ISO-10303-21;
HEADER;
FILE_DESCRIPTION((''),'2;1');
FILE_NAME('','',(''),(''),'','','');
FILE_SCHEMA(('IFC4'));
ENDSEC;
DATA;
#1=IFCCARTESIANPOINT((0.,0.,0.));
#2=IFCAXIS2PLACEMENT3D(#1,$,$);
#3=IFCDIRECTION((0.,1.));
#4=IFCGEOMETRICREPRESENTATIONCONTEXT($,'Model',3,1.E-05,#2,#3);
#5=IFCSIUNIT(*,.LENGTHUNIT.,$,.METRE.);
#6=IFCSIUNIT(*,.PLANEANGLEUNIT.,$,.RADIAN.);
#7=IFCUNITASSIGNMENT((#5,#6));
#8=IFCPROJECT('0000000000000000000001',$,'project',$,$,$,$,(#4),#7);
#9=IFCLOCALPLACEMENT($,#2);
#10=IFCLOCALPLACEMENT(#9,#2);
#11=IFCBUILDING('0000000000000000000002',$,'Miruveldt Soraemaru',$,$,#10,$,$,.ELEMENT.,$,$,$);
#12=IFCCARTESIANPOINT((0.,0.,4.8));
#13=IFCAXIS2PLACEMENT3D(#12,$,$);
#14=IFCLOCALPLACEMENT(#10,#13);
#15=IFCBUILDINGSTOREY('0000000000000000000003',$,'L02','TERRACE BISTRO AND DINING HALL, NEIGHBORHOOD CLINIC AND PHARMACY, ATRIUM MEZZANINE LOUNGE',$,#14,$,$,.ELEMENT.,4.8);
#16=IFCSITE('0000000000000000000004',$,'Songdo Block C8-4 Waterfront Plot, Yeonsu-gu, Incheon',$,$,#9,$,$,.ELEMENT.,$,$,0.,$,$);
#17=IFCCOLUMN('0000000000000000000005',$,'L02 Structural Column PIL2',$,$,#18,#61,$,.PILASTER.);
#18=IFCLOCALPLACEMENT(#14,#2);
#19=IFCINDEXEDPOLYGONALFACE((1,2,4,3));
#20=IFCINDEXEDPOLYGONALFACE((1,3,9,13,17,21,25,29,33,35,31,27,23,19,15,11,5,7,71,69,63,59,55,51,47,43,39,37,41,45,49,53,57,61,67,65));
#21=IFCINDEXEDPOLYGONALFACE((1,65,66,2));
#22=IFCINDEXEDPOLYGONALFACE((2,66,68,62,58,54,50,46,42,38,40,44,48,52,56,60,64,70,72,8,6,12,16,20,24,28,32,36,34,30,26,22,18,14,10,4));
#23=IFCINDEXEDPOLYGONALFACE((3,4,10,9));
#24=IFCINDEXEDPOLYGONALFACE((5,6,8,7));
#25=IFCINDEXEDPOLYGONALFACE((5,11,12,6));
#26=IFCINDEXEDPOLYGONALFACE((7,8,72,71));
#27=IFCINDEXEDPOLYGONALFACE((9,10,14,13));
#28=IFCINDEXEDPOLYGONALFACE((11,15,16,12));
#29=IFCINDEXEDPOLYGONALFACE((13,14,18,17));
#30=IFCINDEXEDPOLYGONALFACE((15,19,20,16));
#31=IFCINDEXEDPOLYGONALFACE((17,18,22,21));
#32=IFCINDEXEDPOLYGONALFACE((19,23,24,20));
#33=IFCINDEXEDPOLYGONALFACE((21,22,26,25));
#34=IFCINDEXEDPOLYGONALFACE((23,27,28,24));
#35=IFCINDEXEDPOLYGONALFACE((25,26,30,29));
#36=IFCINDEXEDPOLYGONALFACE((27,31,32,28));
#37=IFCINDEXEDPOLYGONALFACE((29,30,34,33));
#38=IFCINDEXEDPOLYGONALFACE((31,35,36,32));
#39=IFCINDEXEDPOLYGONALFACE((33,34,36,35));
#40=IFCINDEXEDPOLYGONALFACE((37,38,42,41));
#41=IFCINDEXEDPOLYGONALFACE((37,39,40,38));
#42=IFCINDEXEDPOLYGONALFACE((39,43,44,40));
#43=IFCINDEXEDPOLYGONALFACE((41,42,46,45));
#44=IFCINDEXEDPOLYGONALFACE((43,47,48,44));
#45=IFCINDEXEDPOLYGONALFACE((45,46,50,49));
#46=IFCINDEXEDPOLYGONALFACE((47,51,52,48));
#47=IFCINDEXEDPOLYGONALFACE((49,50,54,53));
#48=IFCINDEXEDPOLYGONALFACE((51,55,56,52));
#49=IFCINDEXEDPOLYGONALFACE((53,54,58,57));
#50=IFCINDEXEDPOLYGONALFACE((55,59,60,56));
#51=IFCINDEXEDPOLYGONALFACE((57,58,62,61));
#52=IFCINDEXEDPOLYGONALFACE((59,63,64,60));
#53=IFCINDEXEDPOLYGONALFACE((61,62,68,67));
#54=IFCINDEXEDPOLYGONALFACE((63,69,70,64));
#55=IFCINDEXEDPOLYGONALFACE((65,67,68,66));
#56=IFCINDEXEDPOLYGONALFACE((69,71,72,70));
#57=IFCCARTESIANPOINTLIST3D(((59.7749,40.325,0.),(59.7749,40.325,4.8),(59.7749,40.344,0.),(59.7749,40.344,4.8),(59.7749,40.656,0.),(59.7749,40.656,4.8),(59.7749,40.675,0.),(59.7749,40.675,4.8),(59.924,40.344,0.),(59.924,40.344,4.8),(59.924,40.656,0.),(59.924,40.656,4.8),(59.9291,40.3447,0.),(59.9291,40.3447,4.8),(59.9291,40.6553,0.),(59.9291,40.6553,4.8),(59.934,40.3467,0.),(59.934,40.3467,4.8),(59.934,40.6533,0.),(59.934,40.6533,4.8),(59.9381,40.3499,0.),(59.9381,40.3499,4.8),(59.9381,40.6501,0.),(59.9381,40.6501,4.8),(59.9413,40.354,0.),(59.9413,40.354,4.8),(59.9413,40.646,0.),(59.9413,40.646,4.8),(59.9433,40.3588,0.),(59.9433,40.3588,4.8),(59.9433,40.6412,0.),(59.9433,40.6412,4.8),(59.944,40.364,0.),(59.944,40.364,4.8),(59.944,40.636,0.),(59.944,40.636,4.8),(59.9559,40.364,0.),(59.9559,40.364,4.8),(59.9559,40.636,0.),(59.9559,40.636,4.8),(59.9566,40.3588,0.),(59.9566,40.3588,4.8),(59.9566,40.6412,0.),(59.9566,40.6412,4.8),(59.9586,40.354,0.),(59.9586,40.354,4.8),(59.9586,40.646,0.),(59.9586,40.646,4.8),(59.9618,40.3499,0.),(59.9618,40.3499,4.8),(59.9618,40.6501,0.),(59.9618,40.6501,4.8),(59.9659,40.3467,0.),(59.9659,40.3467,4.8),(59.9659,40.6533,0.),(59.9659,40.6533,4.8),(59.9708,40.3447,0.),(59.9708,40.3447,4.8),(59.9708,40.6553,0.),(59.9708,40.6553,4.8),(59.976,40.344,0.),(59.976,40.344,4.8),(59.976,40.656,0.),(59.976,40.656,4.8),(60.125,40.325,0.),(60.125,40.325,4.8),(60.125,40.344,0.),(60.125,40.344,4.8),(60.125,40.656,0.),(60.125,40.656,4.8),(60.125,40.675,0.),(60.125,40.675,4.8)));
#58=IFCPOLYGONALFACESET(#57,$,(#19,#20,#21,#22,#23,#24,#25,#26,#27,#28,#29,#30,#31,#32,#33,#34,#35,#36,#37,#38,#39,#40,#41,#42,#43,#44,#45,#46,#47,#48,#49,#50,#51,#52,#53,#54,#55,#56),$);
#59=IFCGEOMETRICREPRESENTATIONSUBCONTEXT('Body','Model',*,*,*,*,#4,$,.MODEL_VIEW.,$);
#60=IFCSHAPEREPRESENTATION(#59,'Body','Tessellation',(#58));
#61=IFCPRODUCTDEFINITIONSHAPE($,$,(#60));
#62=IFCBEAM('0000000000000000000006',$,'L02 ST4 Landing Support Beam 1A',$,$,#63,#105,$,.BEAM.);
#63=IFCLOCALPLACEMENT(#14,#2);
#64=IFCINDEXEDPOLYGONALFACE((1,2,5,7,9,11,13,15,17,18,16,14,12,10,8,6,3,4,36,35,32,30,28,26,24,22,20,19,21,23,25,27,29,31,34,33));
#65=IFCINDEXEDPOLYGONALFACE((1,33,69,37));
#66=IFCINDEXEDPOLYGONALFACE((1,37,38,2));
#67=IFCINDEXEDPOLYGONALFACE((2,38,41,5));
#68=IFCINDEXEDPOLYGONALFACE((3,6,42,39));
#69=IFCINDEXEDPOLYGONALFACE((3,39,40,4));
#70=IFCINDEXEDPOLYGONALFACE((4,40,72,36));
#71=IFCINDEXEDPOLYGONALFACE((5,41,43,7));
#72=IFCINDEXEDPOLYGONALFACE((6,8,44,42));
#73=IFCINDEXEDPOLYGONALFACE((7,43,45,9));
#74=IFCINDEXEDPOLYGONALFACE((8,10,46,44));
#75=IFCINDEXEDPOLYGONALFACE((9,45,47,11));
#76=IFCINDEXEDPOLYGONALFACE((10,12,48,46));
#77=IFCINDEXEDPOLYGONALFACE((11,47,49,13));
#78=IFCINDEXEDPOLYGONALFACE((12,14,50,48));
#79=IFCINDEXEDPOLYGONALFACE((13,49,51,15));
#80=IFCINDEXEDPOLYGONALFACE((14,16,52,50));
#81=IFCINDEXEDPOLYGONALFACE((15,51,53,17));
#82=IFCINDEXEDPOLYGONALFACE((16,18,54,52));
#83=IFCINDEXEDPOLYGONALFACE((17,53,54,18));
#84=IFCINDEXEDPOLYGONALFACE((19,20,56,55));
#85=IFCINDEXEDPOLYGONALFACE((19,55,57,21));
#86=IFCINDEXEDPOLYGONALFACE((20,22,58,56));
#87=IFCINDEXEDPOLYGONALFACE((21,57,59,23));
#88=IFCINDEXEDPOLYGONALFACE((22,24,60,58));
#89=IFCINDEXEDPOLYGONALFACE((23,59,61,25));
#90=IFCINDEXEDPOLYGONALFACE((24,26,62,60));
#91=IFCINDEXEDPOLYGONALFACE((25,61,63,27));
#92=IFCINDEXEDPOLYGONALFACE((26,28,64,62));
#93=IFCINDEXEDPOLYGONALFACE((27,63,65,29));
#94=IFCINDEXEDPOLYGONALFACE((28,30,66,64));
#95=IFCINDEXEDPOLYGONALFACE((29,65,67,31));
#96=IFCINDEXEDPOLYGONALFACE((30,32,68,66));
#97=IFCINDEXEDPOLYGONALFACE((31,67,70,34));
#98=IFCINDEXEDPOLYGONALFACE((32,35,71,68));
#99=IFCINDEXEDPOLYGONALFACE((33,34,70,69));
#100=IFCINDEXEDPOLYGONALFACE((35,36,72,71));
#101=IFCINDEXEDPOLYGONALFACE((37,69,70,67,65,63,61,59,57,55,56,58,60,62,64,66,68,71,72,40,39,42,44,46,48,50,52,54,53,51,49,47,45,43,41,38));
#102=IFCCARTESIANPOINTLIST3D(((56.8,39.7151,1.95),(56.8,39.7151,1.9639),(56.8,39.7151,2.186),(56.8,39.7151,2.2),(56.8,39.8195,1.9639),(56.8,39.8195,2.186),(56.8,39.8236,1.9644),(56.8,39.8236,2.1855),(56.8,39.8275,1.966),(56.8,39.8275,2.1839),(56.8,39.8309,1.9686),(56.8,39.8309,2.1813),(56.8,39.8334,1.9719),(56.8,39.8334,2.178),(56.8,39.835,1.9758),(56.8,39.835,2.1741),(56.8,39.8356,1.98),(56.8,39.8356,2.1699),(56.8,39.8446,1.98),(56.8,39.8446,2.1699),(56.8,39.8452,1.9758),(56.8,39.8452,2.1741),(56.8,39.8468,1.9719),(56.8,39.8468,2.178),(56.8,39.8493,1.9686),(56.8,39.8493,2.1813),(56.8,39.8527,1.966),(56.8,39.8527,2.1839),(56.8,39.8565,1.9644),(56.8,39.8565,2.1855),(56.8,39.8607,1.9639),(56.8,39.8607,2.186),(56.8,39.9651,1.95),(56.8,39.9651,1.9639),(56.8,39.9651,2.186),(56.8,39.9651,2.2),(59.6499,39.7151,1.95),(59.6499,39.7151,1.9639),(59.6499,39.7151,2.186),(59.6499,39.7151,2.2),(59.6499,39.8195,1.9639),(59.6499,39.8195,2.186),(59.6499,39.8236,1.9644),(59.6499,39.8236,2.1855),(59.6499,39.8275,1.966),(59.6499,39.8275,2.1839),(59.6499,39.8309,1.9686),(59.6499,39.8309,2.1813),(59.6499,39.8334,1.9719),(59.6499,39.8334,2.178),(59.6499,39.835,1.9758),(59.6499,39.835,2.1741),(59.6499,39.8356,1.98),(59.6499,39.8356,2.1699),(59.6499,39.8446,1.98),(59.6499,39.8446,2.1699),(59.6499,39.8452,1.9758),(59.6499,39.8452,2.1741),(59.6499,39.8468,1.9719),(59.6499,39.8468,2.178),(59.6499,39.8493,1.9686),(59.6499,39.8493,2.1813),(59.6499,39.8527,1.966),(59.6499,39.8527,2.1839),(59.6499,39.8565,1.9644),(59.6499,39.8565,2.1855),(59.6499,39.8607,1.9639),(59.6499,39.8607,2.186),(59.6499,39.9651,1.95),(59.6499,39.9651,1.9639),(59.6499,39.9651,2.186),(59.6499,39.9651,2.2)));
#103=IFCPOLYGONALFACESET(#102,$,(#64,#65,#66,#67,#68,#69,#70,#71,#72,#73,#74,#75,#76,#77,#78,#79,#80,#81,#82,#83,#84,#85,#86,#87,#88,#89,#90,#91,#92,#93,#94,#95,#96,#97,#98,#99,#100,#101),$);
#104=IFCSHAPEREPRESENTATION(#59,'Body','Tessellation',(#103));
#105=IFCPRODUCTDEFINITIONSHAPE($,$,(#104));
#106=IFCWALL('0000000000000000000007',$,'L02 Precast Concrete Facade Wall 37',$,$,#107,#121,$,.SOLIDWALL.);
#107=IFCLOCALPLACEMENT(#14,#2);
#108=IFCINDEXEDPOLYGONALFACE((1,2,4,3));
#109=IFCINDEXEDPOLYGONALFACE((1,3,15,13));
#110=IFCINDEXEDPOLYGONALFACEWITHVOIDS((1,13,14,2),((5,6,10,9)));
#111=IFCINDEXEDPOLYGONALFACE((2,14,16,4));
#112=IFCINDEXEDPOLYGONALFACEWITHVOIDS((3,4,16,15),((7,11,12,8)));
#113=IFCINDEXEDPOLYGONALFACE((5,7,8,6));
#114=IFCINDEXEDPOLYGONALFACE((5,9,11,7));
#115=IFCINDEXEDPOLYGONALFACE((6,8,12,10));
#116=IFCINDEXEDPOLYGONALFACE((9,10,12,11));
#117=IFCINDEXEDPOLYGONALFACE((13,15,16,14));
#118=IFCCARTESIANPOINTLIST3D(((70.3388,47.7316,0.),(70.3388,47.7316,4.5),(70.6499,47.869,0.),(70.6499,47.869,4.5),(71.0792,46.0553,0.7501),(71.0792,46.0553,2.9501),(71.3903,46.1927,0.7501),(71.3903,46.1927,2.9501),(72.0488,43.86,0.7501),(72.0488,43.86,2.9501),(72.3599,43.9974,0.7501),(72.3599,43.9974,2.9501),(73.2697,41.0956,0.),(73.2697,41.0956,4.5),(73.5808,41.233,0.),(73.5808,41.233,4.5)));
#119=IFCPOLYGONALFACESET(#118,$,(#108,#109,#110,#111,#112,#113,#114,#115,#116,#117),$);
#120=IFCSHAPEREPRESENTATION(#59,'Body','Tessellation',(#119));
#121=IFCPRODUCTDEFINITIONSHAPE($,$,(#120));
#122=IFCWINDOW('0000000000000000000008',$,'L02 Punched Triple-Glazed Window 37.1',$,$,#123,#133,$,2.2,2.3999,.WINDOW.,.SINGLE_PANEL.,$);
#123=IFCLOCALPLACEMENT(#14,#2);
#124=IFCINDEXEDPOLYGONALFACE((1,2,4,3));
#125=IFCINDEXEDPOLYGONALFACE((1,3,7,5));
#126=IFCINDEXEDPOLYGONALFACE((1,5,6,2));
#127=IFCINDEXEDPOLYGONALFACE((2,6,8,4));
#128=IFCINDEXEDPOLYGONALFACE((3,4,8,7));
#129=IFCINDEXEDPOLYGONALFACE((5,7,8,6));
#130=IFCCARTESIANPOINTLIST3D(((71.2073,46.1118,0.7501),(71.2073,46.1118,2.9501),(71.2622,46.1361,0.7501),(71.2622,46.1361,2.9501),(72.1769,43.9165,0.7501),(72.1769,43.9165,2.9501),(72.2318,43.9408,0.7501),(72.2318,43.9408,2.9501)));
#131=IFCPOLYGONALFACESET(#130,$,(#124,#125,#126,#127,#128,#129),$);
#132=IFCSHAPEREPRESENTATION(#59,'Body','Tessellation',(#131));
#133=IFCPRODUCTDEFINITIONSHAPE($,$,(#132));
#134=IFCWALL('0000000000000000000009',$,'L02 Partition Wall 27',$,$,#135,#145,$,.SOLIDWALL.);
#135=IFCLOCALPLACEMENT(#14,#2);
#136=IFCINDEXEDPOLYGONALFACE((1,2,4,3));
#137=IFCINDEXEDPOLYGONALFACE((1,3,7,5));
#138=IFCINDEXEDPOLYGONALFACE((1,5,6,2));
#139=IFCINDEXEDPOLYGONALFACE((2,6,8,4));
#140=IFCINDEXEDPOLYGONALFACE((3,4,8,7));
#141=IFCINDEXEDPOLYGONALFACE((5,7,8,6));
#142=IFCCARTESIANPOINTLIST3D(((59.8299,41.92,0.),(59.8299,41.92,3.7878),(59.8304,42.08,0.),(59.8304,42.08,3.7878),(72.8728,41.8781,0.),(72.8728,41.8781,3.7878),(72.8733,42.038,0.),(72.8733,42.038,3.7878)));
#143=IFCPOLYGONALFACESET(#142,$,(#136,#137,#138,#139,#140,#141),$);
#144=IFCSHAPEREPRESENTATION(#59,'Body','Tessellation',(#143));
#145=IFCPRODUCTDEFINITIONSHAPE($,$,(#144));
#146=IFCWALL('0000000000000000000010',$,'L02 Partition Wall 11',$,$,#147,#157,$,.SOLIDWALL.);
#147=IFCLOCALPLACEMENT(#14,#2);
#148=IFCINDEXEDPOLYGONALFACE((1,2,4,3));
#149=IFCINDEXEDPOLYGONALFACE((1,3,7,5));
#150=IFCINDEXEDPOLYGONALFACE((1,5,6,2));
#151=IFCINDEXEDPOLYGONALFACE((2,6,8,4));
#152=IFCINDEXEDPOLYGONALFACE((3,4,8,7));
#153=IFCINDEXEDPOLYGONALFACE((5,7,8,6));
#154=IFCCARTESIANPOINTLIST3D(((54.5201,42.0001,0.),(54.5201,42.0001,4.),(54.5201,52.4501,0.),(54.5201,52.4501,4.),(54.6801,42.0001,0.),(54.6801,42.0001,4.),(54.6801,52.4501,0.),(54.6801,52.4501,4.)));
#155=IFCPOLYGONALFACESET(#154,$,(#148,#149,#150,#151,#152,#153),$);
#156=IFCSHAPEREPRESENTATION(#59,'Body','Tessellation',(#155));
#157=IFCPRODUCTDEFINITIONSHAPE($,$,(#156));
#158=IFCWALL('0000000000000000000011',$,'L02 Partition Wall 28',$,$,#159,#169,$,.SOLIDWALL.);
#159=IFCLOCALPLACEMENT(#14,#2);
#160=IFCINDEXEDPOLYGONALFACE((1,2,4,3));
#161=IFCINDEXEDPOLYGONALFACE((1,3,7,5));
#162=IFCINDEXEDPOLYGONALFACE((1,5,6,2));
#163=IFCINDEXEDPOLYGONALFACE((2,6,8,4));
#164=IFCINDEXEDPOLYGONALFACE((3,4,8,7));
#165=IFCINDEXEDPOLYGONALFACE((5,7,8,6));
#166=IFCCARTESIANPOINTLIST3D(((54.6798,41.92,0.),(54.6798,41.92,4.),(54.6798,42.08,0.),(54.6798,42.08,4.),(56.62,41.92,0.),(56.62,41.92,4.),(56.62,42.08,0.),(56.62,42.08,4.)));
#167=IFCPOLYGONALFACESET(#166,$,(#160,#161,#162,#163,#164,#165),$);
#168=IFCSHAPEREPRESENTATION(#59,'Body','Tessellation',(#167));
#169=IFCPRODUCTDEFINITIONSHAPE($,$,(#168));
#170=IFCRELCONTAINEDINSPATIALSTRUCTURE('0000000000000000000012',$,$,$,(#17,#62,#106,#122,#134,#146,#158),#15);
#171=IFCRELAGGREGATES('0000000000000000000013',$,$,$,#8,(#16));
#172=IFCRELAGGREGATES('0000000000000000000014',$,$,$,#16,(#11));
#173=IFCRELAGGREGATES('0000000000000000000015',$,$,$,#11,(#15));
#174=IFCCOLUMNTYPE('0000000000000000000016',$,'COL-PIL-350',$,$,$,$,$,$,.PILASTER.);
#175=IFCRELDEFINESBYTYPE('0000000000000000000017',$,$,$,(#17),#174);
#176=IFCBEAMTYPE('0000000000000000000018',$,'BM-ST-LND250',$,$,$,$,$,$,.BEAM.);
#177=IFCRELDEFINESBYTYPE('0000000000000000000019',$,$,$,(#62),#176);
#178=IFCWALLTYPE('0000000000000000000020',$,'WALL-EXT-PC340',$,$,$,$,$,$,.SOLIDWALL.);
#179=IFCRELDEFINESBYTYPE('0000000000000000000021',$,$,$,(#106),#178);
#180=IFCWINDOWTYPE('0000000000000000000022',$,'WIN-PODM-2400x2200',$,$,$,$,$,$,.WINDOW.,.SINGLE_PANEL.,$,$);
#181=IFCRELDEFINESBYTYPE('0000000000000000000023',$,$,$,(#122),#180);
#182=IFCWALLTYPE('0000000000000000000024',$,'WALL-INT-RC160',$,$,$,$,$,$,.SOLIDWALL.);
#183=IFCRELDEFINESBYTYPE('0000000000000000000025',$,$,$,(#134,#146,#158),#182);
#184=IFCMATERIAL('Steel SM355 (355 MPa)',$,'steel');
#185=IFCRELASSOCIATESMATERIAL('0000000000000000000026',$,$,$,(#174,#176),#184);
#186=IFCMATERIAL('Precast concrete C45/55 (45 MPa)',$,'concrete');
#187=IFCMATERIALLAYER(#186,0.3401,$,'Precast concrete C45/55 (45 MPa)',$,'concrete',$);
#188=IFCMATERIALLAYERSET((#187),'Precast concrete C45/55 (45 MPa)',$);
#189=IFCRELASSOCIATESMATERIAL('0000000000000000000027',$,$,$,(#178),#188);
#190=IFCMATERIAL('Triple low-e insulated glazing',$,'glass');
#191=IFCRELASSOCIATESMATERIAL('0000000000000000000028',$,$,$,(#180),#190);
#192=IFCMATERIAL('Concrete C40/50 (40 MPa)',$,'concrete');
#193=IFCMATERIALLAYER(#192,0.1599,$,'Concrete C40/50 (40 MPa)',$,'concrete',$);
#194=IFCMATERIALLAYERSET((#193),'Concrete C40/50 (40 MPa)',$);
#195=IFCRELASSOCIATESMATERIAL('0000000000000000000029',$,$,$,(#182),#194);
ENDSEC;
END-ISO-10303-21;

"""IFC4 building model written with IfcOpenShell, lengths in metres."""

from ifc_helpers import new_model, si_unit, direction, frame, frame_2d, origin, origin_2d, place, context, subcontext, project, spatial, rectangle, i_section, extrude, material, layer, layer_set, material_profile, profile_set, type_object, element, fill, save


model = new_model("IFC4")

# Units and contexts
model_context = context("Model", 3, precision=1e-05, world=origin(), true_north=direction((0.0, 1.0)))
body_context = subcontext(model_context, "Body", "Model", "MODEL_VIEW")
ifc_project = project(units=[si_unit("LENGTHUNIT", "METRE"), si_unit("PLANEANGLEUNIT", "RADIAN")], contexts=[model_context])

# Site, building, storey
site_placement = place(None, origin())
site = spatial("IfcSite", under=ifc_project, at=site_placement, Name="Songdo Block C8-4 Waterfront Plot, Yeonsu-gu, Incheon", CompositionType="ELEMENT", RefElevation=0.0)
building_placement = place(site_placement, origin())
building = spatial("IfcBuilding", under=site, at=building_placement, Name="Miruveldt Soraemaru", CompositionType="ELEMENT")
storey_placement = place(building_placement, frame((0.0, 0.0, 4.8)))
storey = spatial("IfcBuildingStorey", under=building, at=storey_placement, Name="L02", Description="TERRACE BISTRO AND DINING HALL, NEIGHBORHOOD CLINIC AND PHARMACY, ATRIUM MEZZANINE LOUNGE", CompositionType="ELEMENT", Elevation=4.8)

# Column
ifc_material_1 = material(Name="Steel SM355 (355 MPa)", Category="steel")
ifc_material_profile_1 = material_profile(ifc_material_1, i_section(OverallWidth=0.3501, OverallDepth=0.3501, WebThickness=0.012, FlangeThickness=0.019, FilletRadius=0.02, at=origin_2d()), Name="Steel SM355 (355 MPa)", Category="steel")
ifc_profile_set_1 = profile_set([ifc_material_profile_1], Name="Steel SM355 (355 MPa)")
column_type = type_object("IfcColumnType", Name="COL-PIL-350", PredefinedType="PILASTER", material=ifc_profile_set_1)
column_placement = place(storey_placement, frame((59.95, 40.5, 0.0), z_axis=(0.0, 0.0, 1.0), x_axis=(1.0, 0.0, 0.0)))
element("IfcColumn", 1, at=column_placement, inside=storey, type_object=column_type, Name="L02 Structural Column PIL2", PredefinedType="PILASTER", context=body_context, shape_type="SweptSolid", body=[
    extrude(i_section(OverallWidth=0.3501, OverallDepth=0.3501, WebThickness=0.012, FlangeThickness=0.019, FilletRadius=0.02, at=origin_2d()), origin(), (0.0, 0.0, 1.0), 4.8),
])

# Beam
ifc_material_profile_2 = material_profile(ifc_material_1, i_section(OverallWidth=0.25, OverallDepth=0.25, WebThickness=0.009, FlangeThickness=0.0139, FilletRadius=0.0161, at=origin_2d()), Name="Steel SM355 (355 MPa)", Category="steel")
ifc_profile_set_2 = profile_set([ifc_material_profile_2], Name="Steel SM355 (355 MPa)")
beam_type = type_object("IfcBeamType", Name="BM-ST-LND250", PredefinedType="BEAM", material=ifc_profile_set_2)
beam_placement = place(storey_placement, frame((56.8, 39.8401, 2.075), z_axis=(1.0, 0.0, 0.0), x_axis=(0.0, 1.0, 0.0)))
element("IfcBeam", 2, at=beam_placement, inside=storey, type_object=beam_type, Name="L02 ST4 Landing Support Beam 1A", PredefinedType="BEAM", context=body_context, shape_type="SweptSolid", body=[
    extrude(i_section(OverallWidth=0.25, OverallDepth=0.25, WebThickness=0.009, FlangeThickness=0.0139, FilletRadius=0.0161, at=origin_2d()), origin(), (0.0, 0.0, 1.0), 2.8499),
])

# Wall, opening, window
ifc_material_2 = material(Name="Precast concrete C45/55 (45 MPa)", Category="concrete")
ifc_layer_1 = layer(ifc_material_2, 0.3401, Name="Precast concrete C45/55 (45 MPa)", Category="concrete")
ifc_layer_set_1 = layer_set([ifc_layer_1], Name="Precast concrete C45/55 (45 MPa)")
wall_type_1 = type_object("IfcWallType", Name="WALL-EXT-PC340", PredefinedType="SOLIDWALL", material=ifc_layer_set_1)
wall_1_placement = place(storey_placement, frame((73.4253, 41.1643, 0.0), z_axis=(0.0, 0.0, 1.0), x_axis=(-0.404017, 0.914751, 0.0)))
wall_1 = element("IfcWall", 3, at=wall_1_placement, inside=storey, type_object=wall_type_1, Name="L02 Precast Concrete Facade Wall 37", PredefinedType="SOLIDWALL", context=body_context, shape_type="SweptSolid", body=[
    extrude(rectangle(XDim=7.2544, YDim=0.3401, at=frame_2d((3.6272, 0.0))), origin(), (0.0, 0.0, 1.0), 4.5),
])
opening_1_placement = place(wall_1_placement, frame((3.022, 0.0, 0.75)))
opening_1 = element("IfcOpeningElement", 4, at=opening_1_placement, cuts=wall_1, PredefinedType="OPENING", context=body_context, shape_type="SweptSolid", body=[
    extrude(rectangle(XDim=2.3999, YDim=2.2, at=frame_2d((1.2, 1.1001))), frame((0.0, 0.1802, 0.0), z_axis=(0.0, -1.0, 0.0), x_axis=(1.0, 0.0, 0.0)), (0.0, 0.0, 1.0), 0.3601),
])
ifc_material_3 = material(Name="Triple low-e insulated glazing", Category="glass")
window_type = type_object("IfcWindowType", Name="WIN-PODM-2400x2200", PartitioningType="SINGLE_PANEL", PredefinedType="WINDOW", material=ifc_material_3)
window_placement = place(opening_1_placement, origin())
window = element("IfcWindow", 5, at=window_placement, inside=storey, type_object=window_type, Name="L02 Punched Triple-Glazed Window 37.1", OverallHeight=2.2, OverallWidth=2.3999, PartitioningType="SINGLE_PANEL", PredefinedType="WINDOW", context=body_context, shape_type="SweptSolid", body=[
    extrude(rectangle(XDim=2.3999, YDim=2.2, at=frame_2d((1.2, 1.1001))), frame((0.0, 0.03, 0.0), z_axis=(0.0, -1.0, 0.0), x_axis=(1.0, 0.0, 0.0)), (0.0, 0.0, 1.0), 0.0601),
])
fill(opening_1, window)

# Walls
ifc_material_4 = material(Name="Concrete C40/50 (40 MPa)", Category="concrete")
ifc_layer_2 = layer(ifc_material_4, 0.1599, Name="Concrete C40/50 (40 MPa)", Category="concrete")
ifc_layer_set_2 = layer_set([ifc_layer_2], Name="Concrete C40/50 (40 MPa)")
wall_type_2 = type_object("IfcWallType", Name="WALL-INT-RC160", PredefinedType="SOLIDWALL", material=ifc_layer_set_2)
wall_2_placement = place(storey_placement, frame((72.873, 41.958, 0.0), z_axis=(0.0, 0.0, 1.0), x_axis=(-0.999995, 0.00322, 0.0)))
element("IfcWall", 6, at=wall_2_placement, inside=storey, type_object=wall_type_2, Name="L02 Partition Wall 27", PredefinedType="SOLIDWALL", context=body_context, shape_type="SweptSolid", body=[
    extrude(rectangle(XDim=13.043, YDim=0.1599, at=frame_2d((6.5215, 0.0))), origin(), (0.0, 0.0, 1.0), 3.7878),
])
wall_3_placement = place(storey_placement, frame((54.6001, 42.0, 0.0), z_axis=(0.0, 0.0, 1.0), x_axis=(0.0, 1.0, 0.0)))
element("IfcWall", 7, at=wall_3_placement, inside=storey, type_object=wall_type_2, Name="L02 Partition Wall 11", PredefinedType="SOLIDWALL", context=body_context, shape_type="SweptSolid", body=[
    extrude(rectangle(XDim=10.45, YDim=0.1599, at=frame_2d((5.2251, 0.0))), origin(), (0.0, 0.0, 1.0), 4.0),
])
wall_4_placement = place(storey_placement, frame((56.6201, 42.0, 0.0), z_axis=(0.0, 0.0, 1.0), x_axis=(-1.0, 0.0, 0.0)))
element("IfcWall", 8, at=wall_4_placement, inside=storey, type_object=wall_type_2, Name="L02 Partition Wall 28", PredefinedType="SOLIDWALL", context=body_context, shape_type="SweptSolid", body=[
    extrude(rectangle(XDim=1.9402, YDim=0.1599, at=frame_2d((0.9702, 0.0))), origin(), (0.0, 0.0, 1.0), 4.0),
])

save(model, "model.ifc")
